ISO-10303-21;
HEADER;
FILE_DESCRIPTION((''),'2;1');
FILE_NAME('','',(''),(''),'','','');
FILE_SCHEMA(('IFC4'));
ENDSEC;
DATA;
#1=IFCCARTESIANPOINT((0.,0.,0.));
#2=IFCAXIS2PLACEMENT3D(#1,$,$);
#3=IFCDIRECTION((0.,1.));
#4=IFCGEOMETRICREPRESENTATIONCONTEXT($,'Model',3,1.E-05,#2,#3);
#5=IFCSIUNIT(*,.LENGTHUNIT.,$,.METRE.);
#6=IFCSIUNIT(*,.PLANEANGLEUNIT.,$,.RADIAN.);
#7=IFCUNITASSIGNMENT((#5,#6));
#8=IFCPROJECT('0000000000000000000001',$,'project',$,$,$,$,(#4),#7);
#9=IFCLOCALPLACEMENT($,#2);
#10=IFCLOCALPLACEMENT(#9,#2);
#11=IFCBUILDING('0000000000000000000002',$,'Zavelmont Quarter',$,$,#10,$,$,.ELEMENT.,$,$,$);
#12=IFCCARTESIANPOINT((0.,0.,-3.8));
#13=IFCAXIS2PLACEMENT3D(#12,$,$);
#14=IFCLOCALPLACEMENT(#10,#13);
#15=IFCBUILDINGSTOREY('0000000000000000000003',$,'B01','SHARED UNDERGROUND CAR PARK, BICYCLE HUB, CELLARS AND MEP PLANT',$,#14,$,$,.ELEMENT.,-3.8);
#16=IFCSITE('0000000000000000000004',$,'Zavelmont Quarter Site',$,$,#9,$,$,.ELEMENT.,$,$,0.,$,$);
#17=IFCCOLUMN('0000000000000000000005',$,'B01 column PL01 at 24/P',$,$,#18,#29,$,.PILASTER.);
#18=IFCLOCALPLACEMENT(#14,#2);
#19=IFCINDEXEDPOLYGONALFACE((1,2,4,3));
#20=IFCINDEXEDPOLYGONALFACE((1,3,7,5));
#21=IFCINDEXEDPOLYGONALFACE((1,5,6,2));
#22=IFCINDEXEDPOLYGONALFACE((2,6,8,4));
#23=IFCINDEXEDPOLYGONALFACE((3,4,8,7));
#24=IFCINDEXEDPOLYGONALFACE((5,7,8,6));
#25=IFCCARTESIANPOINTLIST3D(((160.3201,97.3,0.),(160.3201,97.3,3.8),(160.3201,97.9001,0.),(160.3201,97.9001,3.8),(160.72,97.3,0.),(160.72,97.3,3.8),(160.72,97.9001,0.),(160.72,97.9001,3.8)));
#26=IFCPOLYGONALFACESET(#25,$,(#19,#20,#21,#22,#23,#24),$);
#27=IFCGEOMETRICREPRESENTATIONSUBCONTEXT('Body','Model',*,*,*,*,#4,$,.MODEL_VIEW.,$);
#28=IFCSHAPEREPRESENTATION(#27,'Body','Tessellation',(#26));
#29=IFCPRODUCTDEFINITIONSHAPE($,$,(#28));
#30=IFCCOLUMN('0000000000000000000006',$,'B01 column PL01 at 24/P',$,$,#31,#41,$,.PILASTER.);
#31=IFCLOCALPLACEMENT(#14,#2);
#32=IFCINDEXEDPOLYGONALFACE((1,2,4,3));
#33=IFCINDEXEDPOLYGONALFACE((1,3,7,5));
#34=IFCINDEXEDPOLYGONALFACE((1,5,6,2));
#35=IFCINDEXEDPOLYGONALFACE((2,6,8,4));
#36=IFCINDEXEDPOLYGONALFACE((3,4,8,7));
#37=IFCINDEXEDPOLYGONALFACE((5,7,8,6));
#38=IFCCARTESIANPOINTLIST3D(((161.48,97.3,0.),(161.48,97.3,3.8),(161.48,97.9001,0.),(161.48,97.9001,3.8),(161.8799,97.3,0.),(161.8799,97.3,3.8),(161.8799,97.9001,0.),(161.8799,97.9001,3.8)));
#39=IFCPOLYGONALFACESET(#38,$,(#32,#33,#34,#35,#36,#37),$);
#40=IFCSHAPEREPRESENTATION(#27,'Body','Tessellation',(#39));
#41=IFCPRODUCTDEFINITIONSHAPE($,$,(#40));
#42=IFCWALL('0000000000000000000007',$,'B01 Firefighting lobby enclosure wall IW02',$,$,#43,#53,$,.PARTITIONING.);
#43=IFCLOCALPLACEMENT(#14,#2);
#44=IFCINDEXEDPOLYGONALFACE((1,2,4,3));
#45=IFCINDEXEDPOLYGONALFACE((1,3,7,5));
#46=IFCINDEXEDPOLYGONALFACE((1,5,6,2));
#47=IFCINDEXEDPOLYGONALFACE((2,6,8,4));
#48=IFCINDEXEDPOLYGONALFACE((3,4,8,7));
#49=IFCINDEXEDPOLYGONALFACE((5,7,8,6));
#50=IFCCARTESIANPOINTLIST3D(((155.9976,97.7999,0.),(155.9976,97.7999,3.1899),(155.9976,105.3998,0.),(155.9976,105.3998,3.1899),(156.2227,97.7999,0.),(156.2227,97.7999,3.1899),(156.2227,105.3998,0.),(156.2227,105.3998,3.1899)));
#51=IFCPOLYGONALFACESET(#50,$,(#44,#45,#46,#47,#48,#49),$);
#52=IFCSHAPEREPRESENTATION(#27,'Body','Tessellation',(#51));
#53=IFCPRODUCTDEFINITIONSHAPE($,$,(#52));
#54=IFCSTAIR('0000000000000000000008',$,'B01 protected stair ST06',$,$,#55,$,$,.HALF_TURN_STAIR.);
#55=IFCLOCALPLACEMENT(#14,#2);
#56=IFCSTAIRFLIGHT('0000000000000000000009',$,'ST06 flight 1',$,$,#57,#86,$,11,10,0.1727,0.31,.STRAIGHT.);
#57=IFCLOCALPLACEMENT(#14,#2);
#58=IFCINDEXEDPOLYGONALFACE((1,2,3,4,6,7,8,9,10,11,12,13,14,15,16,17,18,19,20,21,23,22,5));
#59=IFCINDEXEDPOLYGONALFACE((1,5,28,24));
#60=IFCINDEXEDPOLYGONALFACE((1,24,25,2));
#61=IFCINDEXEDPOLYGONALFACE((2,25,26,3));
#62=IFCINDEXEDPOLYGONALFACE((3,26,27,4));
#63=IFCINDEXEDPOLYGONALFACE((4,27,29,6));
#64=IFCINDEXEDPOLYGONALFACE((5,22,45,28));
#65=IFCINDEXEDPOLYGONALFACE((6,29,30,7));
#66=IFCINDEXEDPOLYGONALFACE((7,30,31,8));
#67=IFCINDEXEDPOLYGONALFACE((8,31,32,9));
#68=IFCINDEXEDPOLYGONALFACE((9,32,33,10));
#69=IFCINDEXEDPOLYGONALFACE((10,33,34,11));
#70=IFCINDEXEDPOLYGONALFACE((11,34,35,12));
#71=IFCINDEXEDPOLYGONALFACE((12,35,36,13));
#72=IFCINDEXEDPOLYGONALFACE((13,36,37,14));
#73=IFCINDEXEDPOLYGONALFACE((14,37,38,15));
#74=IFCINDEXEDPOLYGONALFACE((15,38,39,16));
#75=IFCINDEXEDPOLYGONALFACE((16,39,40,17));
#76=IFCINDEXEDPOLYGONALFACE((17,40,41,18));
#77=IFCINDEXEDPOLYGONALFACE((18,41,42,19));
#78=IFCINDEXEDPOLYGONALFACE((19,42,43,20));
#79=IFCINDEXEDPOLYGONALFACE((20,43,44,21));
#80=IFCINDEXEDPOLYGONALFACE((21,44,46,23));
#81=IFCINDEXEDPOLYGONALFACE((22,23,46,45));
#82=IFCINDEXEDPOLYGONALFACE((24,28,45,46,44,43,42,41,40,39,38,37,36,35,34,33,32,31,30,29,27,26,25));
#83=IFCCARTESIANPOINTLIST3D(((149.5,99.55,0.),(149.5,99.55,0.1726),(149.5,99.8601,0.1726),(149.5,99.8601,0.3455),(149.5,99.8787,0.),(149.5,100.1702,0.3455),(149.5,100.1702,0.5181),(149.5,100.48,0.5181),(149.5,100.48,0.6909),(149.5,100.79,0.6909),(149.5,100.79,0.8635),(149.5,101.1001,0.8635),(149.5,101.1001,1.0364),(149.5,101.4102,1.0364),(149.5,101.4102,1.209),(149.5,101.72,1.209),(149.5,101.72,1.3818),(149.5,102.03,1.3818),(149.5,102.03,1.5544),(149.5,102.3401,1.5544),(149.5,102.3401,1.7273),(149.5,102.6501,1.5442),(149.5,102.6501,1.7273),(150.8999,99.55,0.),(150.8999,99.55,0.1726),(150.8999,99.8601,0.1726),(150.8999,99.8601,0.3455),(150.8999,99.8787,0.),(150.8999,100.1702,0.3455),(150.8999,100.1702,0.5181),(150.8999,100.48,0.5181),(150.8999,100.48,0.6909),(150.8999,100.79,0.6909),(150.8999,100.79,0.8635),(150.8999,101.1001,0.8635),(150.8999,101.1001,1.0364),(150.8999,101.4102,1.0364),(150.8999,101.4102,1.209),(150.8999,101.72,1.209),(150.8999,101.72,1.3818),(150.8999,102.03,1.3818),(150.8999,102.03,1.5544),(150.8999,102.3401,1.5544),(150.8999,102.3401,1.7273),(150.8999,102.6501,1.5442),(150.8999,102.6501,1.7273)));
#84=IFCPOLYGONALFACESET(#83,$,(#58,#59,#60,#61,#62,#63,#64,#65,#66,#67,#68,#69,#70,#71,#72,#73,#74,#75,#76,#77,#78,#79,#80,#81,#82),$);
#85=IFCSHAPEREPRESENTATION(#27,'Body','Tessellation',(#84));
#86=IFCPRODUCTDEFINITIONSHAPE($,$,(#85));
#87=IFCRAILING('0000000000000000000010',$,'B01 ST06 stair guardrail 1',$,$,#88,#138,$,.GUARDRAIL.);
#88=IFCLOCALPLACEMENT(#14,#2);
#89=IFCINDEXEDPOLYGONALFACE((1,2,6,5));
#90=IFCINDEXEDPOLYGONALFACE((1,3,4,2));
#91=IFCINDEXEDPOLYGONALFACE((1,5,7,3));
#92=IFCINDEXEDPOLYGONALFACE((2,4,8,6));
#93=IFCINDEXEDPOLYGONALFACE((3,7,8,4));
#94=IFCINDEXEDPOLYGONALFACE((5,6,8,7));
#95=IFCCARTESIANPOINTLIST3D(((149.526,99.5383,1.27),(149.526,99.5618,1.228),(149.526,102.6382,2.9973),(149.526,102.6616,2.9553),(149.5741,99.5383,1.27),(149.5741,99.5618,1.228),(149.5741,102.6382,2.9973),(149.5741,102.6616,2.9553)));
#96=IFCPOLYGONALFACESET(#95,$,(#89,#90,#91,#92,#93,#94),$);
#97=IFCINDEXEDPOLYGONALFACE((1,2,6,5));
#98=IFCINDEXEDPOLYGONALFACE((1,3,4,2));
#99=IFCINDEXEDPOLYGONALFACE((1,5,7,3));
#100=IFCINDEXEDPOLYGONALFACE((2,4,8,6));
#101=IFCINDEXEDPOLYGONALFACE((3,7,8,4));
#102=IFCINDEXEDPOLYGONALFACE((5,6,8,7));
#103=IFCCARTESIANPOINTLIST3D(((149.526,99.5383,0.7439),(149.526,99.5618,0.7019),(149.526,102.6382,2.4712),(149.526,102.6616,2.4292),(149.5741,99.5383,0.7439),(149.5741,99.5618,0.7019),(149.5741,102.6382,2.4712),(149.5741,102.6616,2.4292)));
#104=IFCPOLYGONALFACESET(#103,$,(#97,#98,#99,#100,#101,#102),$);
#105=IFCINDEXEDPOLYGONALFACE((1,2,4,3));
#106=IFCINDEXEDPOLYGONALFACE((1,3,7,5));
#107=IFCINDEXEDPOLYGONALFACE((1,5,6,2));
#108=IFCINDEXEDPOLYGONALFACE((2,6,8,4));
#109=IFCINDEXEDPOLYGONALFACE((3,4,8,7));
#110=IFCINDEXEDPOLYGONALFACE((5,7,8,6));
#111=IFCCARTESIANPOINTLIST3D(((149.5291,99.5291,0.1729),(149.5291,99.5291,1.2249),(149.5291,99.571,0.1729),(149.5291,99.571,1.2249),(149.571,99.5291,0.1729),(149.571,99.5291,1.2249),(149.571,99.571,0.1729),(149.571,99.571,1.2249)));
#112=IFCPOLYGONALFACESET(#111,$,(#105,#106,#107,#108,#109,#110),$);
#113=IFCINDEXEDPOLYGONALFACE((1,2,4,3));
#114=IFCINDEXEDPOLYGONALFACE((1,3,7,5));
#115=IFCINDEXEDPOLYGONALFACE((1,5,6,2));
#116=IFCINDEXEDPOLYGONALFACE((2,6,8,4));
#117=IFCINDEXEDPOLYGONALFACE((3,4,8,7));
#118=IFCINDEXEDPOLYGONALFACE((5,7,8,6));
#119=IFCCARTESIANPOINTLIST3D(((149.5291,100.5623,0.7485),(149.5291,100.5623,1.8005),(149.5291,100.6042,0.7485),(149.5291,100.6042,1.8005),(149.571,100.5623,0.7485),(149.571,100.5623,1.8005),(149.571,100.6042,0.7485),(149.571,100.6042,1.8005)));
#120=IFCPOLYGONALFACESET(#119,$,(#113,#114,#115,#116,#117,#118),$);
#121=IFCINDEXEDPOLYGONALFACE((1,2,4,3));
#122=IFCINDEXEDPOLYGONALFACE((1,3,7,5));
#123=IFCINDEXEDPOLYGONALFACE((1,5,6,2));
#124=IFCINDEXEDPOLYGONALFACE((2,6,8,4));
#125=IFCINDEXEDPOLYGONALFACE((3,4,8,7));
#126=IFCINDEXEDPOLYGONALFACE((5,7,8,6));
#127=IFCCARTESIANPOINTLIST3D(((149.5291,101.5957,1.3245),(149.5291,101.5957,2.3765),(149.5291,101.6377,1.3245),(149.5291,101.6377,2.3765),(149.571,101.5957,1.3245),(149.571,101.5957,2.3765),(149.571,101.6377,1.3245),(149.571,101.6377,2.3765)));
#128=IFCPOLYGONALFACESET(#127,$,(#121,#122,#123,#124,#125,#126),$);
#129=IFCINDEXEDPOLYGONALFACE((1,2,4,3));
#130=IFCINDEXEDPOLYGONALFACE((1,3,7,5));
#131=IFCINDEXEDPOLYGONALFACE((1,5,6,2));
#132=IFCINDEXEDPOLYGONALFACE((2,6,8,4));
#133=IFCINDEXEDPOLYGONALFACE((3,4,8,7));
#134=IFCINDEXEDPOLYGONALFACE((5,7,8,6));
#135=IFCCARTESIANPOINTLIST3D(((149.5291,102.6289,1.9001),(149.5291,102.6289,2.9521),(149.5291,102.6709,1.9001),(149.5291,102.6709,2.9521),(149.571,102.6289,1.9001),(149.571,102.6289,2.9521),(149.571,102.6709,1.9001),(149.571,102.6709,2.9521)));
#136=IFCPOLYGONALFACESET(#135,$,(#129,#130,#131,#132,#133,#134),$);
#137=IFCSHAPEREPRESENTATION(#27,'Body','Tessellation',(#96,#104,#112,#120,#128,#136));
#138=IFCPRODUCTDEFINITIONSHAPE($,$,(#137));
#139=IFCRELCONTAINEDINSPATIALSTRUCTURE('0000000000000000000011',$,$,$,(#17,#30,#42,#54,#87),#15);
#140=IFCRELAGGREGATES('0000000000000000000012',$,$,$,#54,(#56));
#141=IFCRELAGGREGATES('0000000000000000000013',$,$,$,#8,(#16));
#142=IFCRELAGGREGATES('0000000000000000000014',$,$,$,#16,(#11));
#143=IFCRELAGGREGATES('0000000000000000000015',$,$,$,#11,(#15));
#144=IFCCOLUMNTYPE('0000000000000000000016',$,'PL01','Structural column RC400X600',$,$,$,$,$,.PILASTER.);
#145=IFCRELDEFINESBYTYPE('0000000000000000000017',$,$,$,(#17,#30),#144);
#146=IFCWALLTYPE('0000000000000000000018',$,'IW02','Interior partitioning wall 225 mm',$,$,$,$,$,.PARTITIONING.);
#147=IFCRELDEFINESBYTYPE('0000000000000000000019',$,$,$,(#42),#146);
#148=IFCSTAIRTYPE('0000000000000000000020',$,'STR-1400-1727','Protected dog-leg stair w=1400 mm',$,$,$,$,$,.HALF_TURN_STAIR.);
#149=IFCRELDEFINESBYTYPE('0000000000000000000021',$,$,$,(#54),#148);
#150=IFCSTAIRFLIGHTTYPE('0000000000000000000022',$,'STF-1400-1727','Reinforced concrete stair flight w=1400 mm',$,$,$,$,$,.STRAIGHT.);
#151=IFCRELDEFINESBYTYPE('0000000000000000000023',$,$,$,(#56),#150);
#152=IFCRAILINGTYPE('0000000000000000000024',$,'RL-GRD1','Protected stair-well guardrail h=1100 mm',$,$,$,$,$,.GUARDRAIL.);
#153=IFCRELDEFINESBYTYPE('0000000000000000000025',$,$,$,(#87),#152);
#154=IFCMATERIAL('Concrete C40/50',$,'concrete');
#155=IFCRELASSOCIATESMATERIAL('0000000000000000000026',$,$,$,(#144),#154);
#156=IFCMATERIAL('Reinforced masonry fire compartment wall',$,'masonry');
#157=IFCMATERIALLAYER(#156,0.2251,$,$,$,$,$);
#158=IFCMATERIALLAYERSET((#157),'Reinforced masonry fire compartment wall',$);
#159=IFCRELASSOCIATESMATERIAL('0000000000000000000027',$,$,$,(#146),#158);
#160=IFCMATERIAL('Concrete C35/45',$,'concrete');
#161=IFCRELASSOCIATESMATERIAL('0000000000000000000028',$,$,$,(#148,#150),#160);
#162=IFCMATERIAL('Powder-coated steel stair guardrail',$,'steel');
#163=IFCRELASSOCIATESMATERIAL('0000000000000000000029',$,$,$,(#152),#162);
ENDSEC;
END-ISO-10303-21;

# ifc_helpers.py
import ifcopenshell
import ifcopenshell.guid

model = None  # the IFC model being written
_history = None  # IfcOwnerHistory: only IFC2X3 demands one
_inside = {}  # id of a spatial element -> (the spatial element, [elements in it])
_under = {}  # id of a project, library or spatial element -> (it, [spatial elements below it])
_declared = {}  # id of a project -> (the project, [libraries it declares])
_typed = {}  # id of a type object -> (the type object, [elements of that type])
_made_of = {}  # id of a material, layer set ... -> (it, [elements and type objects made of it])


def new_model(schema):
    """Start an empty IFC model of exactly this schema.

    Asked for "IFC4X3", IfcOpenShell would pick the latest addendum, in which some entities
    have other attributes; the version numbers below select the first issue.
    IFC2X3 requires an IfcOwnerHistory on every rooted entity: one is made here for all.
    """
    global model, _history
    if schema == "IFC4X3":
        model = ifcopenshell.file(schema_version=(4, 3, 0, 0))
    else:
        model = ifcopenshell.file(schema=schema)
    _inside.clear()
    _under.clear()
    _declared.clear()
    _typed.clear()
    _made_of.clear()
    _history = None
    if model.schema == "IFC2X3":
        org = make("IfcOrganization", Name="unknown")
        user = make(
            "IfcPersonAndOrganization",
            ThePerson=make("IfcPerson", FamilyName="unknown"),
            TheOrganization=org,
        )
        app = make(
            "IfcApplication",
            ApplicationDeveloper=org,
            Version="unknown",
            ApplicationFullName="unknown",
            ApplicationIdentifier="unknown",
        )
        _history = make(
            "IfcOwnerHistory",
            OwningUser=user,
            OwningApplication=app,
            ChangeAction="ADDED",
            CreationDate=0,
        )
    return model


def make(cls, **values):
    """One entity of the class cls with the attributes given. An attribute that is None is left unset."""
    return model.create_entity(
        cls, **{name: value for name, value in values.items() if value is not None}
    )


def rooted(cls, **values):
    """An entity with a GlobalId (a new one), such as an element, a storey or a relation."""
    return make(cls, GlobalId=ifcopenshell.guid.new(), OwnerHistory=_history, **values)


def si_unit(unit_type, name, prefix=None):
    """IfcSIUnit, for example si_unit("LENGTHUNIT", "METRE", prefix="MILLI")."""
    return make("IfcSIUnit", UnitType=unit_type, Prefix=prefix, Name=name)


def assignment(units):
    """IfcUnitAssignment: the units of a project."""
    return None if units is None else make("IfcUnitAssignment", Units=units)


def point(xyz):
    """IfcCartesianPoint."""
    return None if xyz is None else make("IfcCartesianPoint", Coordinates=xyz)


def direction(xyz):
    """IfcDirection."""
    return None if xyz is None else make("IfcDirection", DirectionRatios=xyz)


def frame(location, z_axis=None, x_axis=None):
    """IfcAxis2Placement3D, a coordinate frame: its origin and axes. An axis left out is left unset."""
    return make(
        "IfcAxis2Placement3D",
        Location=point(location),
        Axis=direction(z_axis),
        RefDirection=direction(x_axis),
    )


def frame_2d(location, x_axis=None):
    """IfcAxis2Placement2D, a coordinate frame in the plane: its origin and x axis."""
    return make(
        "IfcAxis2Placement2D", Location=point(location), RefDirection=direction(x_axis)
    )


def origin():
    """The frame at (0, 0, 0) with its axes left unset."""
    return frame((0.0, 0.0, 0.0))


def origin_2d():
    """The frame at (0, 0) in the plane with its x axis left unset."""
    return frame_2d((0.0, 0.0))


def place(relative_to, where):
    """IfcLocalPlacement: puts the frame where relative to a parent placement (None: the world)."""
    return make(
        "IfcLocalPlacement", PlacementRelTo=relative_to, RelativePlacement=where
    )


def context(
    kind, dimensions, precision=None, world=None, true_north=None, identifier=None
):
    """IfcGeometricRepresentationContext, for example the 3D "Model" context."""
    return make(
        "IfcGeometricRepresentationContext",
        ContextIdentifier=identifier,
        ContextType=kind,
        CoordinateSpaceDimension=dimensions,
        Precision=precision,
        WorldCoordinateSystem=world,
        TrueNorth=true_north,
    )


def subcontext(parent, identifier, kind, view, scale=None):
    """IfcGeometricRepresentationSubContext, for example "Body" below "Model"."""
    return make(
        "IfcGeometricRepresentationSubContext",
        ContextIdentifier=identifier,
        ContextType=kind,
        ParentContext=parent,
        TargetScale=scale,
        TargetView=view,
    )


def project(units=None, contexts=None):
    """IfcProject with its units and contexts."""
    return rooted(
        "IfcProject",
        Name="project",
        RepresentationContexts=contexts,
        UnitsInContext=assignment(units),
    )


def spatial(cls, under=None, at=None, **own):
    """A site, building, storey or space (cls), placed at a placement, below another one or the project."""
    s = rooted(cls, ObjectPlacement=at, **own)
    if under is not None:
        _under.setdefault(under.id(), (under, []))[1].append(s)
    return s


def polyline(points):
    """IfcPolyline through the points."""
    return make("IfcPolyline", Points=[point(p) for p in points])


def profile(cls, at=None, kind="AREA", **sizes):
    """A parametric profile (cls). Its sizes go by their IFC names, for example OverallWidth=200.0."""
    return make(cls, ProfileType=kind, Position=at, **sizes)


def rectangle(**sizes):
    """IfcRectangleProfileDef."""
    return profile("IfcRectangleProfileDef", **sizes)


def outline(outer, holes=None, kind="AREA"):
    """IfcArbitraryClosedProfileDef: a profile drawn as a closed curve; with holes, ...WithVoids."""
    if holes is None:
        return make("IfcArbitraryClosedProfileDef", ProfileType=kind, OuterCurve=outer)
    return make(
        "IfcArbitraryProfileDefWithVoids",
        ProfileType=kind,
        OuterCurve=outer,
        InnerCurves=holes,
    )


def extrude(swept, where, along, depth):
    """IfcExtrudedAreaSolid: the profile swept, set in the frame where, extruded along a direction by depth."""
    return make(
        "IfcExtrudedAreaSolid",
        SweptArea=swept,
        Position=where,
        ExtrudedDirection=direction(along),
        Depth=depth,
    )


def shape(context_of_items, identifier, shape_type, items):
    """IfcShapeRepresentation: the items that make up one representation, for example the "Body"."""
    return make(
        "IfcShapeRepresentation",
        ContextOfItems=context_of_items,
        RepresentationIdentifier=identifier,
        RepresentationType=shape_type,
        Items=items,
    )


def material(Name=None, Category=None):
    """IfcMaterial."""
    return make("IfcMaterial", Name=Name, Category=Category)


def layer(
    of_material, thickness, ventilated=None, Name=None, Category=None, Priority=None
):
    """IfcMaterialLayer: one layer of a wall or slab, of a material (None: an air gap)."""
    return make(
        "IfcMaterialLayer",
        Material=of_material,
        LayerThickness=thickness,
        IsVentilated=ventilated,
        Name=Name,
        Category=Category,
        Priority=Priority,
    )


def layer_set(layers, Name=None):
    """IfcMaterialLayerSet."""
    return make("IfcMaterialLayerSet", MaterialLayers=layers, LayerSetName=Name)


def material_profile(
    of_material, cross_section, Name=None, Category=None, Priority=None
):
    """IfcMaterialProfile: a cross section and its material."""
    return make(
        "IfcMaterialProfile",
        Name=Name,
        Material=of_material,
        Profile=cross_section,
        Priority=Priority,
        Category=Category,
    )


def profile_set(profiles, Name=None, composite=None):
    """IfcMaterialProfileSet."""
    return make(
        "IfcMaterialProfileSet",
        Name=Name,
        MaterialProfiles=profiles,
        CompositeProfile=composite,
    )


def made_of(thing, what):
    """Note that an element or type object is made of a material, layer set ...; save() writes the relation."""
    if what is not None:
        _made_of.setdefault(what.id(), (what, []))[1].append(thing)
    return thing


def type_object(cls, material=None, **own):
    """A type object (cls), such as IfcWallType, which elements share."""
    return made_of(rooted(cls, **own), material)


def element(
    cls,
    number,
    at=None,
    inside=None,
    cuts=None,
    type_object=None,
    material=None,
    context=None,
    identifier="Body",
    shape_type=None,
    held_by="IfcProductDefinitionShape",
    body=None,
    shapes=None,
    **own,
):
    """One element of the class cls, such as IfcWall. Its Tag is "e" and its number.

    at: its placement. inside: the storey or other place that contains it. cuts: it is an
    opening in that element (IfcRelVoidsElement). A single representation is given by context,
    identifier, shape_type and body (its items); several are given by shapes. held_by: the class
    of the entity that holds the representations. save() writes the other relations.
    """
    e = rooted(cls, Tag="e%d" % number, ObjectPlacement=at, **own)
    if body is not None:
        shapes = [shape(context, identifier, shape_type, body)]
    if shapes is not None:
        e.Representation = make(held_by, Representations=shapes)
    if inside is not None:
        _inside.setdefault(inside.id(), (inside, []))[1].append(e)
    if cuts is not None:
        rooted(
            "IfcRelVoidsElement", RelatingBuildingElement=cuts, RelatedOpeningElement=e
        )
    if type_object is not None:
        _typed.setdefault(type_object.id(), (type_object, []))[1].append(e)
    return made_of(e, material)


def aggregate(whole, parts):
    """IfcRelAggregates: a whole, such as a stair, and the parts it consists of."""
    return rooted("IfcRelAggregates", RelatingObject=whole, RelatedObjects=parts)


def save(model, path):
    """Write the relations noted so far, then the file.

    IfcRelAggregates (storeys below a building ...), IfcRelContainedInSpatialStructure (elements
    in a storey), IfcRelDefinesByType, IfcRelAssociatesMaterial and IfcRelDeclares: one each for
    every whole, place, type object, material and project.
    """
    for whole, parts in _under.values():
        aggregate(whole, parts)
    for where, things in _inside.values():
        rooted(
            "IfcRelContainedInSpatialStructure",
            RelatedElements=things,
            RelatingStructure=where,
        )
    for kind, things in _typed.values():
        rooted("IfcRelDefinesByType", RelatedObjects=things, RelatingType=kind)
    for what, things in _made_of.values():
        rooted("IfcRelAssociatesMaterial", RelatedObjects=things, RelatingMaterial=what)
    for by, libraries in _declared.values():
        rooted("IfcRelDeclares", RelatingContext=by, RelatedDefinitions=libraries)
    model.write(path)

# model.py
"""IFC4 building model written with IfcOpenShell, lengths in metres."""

from ifc_helpers import new_model, si_unit, direction, frame, frame_2d, origin, origin_2d, place, context, subcontext, project, spatial, polyline, rectangle, outline, extrude, material, layer, layer_set, material_profile, profile_set, type_object, element, aggregate, save


model = new_model("IFC4")

# Units and contexts
model_context = context("Model", 3, precision=1e-05, world=origin(), true_north=direction((0.0, 1.0)))
body_context = subcontext(model_context, "Body", "Model", "MODEL_VIEW")
ifc_project = project(units=[si_unit("LENGTHUNIT", "METRE"), si_unit("PLANEANGLEUNIT", "RADIAN")], contexts=[model_context])

# Site, building, storey
site_placement = place(None, origin())
site = spatial("IfcSite", under=ifc_project, at=site_placement, Name="Zavelmont Quarter Site", CompositionType="ELEMENT", RefElevation=0.0)
building_placement = place(site_placement, origin())
building = spatial("IfcBuilding", under=site, at=building_placement, Name="Zavelmont Quarter", CompositionType="ELEMENT")
storey_placement = place(building_placement, frame((0.0, 0.0, -3.8)))
storey = spatial("IfcBuildingStorey", under=building, at=storey_placement, Name="B01", Description="SHARED UNDERGROUND CAR PARK, BICYCLE HUB, CELLARS AND MEP PLANT", CompositionType="ELEMENT", Elevation=-3.8)

# Shared definitions
ifc_material_1 = material(Name="Concrete C35/45", Category="concrete")

# Columns
ifc_material_2 = material(Name="Concrete C40/50", Category="concrete")
ifc_material_profile_1 = material_profile(ifc_material_2, rectangle(XDim=0.3999, YDim=0.6001, at=origin_2d()), Name="RC400X600")
ifc_profile_set_1 = profile_set([ifc_material_profile_1], Name="Concrete C40/50")
column_type_1 = type_object("IfcColumnType", Name="PL01", Description="Structural column RC400X600", PredefinedType="PILASTER", material=ifc_profile_set_1)
for number, where, z_axis, x_axis, name in (
    (1, (160.52, 97.6001, 0.0), (0.0, 0.0, 1.0), (1.0, 0.0, 0.0), "B01 column PL01 at 24/P"),
    (2, (161.6799, 97.6001, 0.0), (0.0, 0.0, 1.0), (1.0, 0.0, 0.0), "B01 column PL01 at 24/P"),
):
    element("IfcColumn", number, at=place(storey_placement, frame(where, z_axis=z_axis, x_axis=x_axis)), inside=storey, type_object=column_type_1, Name=name, PredefinedType="PILASTER", context=body_context, shape_type="SweptSolid", body=[
        extrude(rectangle(XDim=0.3999, YDim=0.6001, at=origin_2d()), origin(), (0.0, 0.0, 1.0), 3.8),
    ])

# Wall
ifc_material_3 = material(Name="Reinforced masonry fire compartment wall", Category="masonry")
ifc_layer_1 = layer(ifc_material_3, 0.2251)
ifc_layer_set_1 = layer_set([ifc_layer_1], Name="Reinforced masonry fire compartment wall")
wall_type_1 = type_object("IfcWallType", Name="IW02", Description="Interior partitioning wall 225 mm", PredefinedType="PARTITIONING", material=ifc_layer_set_1)
wall_1_placement = place(storey_placement, frame((156.1101, 97.8, 0.0), z_axis=(0.0, 0.0, 1.0), x_axis=(0.0, 1.0, 0.0)))
element("IfcWall", 3, at=wall_1_placement, inside=storey, type_object=wall_type_1, Name="B01 Firefighting lobby enclosure wall IW02", PredefinedType="PARTITIONING", context=body_context, shape_type="SweptSolid", body=[
    extrude(rectangle(XDim=7.5999, YDim=0.2251, at=frame_2d((3.7998, 0.0))), origin(), (0.0, 0.0, 1.0), 3.1899),
])

# Stair, stair flight
stair_type = type_object("IfcStairType", Name="STR-1400-1727", Description="Protected dog-leg stair w=1400 mm", PredefinedType="HALF_TURN_STAIR", material=ifc_material_1)
stair_placement = place(storey_placement, origin())
stair = element("IfcStair", 4, at=stair_placement, inside=storey, type_object=stair_type, Name="B01 protected stair ST06", PredefinedType="HALF_TURN_STAIR")
stair_flight_type = type_object("IfcStairFlightType", Name="STF-1400-1727", Description="Reinforced concrete stair flight w=1400 mm", PredefinedType="STRAIGHT", material=ifc_material_1)
stair_flight_placement = place(storey_placement, frame((150.2, 99.55, 0.0), z_axis=(0.0, 0.0, 1.0), x_axis=(0.0, 1.0, 0.0)))
stair_flight = element("IfcStairFlight", 5, at=stair_flight_placement, type_object=stair_flight_type, Name="ST06 flight 1", NumberOfRisers=11, NumberOfTreads=10, PredefinedType="STRAIGHT", RiserHeight=0.1727, TreadLength=0.31, context=body_context, shape_type="SweptSolid", body=[
    extrude(outline(polyline([(0.0, 0.0), (0.0, 0.1726), (0.3101, 0.1726), (0.3101, 0.3455), (0.6201, 0.3455), (0.6201, 0.5181), (0.9299, 0.5181), (0.9299, 0.6909), (1.24, 0.6909), (1.24, 0.8635), (1.55, 0.8635), (1.55, 1.0364), (1.8601, 1.0364), (1.8601, 1.209), (2.1699, 1.209), (2.1699, 1.3818), (2.48, 1.3818), (2.48, 1.5544), (2.79, 1.5544), (2.79, 1.7273), (3.1001, 1.7273), (3.1001, 1.8999), (3.1001, 1.5442), (0.3286, 0.0), (0.0, 0.0)])), frame((0.0, 0.7, 0.0), z_axis=(0.0, -1.0, 0.0), x_axis=(1.0, 0.0, 0.0)), (0.0, 0.0, 1.0), 1.3999),
])
aggregate(stair, [stair_flight])

# Railing
ifc_material_4 = material(Name="Powder-coated steel stair guardrail", Category="steel")
railing_type = type_object("IfcRailingType", Name="RL-GRD1", Description="Protected stair-well guardrail h=1100 mm", PredefinedType="GUARDRAIL", material=ifc_material_4)
railing_placement = place(storey_placement, frame((149.55, 99.55, 0.1729)))
element("IfcRailing", 6, at=railing_placement, inside=storey, type_object=railing_type, Name="B01 ST06 stair guardrail 1", PredefinedType="GUARDRAIL", context=body_context, shape_type="SweptSolid", body=[
    extrude(rectangle(XDim=0.0481, YDim=0.0481, at=origin_2d()), frame((0.0, 0.0, 1.0762), z_axis=(0.0, 0.87354, 0.486752), x_axis=(-1.0, 0.0, 0.0)), (0.0, 0.0, 1.0), 3.5486),
    extrude(rectangle(XDim=0.0481, YDim=0.0481, at=origin_2d()), frame((0.0, 0.0, 0.55), z_axis=(0.0, 0.87354, 0.486752), x_axis=(-1.0, 0.0, 0.0)), (0.0, 0.0, 1.0), 3.5486),
    extrude(rectangle(XDim=0.042, YDim=0.042, at=origin_2d()), origin(), (0.0, 0.0, 1.0), 1.052),
    extrude(rectangle(XDim=0.042, YDim=0.042, at=origin_2d()), frame((0.0, 1.0332, 0.5757)), (0.0, 0.0, 1.0), 1.052),
    extrude(rectangle(XDim=0.042, YDim=0.042, at=origin_2d()), frame((0.0, 2.0667, 1.1516)), (0.0, 0.0, 1.0), 1.052),
    extrude(rectangle(XDim=0.042, YDim=0.042, at=origin_2d()), frame((0.0, 3.0999, 1.7273)), (0.0, 0.0, 1.0), 1.052),
])

save(model, "model.ifc")
